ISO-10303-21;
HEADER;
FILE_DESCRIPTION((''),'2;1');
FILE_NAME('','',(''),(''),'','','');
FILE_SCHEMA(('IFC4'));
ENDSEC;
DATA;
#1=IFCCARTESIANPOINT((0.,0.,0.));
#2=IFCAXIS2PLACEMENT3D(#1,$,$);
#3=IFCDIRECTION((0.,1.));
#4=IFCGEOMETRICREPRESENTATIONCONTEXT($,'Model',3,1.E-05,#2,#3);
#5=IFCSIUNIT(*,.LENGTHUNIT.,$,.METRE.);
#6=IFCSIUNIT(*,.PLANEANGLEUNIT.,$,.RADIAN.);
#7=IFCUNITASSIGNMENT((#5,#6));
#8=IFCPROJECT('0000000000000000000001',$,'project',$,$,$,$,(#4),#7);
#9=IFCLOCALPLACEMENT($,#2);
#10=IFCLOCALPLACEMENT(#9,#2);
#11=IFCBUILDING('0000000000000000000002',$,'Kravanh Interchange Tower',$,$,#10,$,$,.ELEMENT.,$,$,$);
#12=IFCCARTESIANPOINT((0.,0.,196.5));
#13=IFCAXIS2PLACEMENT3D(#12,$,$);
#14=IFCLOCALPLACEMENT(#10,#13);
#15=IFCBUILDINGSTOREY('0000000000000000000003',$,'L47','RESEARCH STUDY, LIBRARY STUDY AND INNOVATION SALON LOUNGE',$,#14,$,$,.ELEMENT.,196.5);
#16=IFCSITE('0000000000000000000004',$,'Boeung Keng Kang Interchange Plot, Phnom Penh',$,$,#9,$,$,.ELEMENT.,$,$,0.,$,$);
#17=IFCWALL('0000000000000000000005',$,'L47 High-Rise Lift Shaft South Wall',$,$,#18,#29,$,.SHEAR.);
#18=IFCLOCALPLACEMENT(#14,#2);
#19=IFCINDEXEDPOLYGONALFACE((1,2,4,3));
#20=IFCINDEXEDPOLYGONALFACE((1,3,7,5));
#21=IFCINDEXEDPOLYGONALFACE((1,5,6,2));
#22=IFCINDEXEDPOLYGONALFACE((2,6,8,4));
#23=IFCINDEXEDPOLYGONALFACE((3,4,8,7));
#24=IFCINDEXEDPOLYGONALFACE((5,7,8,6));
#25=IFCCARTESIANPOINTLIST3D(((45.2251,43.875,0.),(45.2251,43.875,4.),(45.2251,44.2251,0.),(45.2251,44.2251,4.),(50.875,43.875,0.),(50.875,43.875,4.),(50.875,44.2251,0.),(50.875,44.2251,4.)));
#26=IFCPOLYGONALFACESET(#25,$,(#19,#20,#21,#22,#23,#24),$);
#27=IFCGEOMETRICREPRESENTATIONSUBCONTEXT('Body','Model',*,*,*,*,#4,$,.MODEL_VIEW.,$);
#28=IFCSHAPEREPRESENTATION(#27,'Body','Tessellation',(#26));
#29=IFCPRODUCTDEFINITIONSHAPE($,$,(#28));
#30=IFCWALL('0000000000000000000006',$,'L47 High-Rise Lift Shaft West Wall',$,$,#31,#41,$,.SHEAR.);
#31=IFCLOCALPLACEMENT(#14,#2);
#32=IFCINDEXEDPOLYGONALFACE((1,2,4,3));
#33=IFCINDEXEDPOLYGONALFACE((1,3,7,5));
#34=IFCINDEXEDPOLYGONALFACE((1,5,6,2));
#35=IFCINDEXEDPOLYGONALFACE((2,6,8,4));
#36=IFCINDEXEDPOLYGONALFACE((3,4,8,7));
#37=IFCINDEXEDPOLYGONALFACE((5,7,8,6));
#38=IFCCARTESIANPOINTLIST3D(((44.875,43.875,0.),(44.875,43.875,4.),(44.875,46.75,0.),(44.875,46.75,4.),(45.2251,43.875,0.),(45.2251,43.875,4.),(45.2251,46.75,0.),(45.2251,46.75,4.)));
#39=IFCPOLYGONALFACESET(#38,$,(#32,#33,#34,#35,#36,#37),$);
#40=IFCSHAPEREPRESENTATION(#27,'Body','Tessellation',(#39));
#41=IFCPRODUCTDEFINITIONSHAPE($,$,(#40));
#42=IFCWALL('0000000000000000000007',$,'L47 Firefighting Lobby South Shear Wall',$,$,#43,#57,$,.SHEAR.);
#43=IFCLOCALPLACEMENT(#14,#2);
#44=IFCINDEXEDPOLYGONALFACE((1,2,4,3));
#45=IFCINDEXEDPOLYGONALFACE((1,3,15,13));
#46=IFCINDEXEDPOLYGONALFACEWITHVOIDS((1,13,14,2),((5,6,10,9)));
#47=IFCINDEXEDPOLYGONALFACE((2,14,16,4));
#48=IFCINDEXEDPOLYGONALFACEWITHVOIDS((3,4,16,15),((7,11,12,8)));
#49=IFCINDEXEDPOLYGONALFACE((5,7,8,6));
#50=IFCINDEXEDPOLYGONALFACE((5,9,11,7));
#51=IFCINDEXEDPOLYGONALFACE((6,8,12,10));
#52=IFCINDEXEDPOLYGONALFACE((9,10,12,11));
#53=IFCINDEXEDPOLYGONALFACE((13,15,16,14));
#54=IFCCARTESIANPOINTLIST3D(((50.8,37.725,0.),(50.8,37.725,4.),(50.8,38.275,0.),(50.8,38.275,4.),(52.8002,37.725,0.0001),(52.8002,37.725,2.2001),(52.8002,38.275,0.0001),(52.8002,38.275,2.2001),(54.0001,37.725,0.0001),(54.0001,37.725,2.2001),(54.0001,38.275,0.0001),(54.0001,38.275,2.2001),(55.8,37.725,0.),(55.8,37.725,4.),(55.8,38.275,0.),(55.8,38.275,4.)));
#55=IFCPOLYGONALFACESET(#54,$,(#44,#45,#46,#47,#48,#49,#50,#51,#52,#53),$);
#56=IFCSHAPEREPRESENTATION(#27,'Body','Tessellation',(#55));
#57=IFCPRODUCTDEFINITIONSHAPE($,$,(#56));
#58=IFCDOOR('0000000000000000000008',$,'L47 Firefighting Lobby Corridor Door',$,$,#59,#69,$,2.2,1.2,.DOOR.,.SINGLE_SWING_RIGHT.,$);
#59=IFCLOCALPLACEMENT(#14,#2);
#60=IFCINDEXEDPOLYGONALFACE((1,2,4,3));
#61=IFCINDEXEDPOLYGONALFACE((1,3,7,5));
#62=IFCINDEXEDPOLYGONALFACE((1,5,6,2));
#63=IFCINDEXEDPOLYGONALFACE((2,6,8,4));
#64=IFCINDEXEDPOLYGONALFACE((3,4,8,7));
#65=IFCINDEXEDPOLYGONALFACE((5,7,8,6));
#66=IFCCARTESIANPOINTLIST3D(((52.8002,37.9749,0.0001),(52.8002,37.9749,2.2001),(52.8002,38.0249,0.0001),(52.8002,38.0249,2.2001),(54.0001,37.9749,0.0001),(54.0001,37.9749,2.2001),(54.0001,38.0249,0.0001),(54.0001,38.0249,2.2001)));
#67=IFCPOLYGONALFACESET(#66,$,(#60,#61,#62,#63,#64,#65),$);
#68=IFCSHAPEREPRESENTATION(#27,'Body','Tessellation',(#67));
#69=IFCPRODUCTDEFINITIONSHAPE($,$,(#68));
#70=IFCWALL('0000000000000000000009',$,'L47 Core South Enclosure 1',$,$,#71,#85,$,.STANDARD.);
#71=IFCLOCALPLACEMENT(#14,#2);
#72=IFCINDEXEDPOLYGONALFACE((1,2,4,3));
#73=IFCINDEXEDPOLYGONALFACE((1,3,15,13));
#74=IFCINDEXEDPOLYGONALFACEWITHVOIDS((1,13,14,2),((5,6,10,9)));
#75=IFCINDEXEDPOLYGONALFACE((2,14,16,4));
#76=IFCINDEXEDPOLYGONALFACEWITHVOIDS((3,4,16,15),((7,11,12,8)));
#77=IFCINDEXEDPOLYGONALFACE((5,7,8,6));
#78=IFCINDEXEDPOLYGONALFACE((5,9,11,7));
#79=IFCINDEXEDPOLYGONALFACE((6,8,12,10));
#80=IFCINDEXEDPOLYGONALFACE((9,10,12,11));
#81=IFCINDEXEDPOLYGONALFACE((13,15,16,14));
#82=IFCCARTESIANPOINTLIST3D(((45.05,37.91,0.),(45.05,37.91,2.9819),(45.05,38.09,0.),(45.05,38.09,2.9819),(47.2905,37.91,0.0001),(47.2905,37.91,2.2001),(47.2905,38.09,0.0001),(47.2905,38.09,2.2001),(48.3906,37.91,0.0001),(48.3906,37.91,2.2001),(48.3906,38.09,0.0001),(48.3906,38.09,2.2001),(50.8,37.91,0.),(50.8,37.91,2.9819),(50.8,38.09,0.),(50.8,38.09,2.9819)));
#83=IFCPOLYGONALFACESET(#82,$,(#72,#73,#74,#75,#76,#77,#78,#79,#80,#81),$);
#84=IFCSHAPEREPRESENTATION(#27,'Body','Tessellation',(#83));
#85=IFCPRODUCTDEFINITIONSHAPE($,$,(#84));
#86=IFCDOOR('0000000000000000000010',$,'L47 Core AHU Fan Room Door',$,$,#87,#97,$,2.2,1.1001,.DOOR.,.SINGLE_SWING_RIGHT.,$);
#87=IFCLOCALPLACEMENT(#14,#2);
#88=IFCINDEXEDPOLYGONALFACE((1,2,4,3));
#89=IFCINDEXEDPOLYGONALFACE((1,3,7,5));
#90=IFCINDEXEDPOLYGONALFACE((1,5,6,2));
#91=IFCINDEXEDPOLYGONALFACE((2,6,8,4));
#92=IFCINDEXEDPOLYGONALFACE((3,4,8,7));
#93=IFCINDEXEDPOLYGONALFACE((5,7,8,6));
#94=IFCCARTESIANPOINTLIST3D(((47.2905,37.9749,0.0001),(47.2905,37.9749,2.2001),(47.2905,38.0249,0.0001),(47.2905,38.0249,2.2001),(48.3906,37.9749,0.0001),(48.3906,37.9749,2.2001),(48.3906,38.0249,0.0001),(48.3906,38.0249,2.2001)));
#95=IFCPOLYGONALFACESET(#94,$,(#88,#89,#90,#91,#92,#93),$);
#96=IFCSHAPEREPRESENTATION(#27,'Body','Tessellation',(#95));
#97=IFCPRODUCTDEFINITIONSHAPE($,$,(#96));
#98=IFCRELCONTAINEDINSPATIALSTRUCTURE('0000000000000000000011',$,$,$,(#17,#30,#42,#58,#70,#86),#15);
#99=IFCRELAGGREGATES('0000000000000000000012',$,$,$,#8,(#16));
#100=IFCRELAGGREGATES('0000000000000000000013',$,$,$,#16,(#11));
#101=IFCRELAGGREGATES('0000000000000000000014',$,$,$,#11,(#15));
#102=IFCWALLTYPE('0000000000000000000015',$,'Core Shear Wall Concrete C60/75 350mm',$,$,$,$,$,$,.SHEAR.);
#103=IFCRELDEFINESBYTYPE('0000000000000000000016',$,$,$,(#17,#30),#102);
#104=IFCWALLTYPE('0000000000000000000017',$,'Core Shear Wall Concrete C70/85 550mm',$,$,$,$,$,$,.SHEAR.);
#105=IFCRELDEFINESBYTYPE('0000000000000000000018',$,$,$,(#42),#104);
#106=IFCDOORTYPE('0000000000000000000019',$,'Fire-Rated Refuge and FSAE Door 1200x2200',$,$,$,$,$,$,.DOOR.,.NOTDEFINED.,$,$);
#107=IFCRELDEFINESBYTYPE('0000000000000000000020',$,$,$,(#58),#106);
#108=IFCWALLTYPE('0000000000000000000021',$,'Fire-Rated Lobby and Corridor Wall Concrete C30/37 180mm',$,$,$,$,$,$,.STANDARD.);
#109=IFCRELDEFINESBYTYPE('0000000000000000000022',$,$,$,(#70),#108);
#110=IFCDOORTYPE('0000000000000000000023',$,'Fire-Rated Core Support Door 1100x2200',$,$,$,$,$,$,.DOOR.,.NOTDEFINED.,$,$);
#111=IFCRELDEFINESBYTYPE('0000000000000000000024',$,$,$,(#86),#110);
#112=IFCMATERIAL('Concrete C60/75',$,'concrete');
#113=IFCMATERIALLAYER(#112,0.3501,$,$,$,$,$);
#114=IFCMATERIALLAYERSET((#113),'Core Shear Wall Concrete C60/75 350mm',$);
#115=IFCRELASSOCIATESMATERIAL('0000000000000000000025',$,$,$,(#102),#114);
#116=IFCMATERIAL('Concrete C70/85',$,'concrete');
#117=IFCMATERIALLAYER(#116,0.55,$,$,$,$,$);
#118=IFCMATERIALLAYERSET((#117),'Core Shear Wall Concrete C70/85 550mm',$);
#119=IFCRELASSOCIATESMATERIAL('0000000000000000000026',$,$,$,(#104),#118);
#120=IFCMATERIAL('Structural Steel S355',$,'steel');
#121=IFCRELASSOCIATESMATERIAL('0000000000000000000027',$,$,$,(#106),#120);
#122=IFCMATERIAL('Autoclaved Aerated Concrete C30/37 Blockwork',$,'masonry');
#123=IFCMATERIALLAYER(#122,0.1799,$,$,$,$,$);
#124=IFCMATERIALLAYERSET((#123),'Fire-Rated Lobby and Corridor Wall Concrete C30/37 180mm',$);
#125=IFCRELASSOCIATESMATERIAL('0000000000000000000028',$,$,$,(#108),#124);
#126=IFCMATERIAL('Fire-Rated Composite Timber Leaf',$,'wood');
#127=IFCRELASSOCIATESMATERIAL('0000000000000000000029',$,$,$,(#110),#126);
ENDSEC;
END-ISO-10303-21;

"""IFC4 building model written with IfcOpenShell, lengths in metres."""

from ifc_helpers import new_model, si_unit, direction, frame, frame_2d, origin, place, context, subcontext, project, spatial, rectangle, extrude, material, layer, layer_set, type_object, element, fill, save


model = new_model("IFC4")

# Units and contexts
model_context = context("Model", 3, precision=1e-05, world=origin(), true_north=direction((0.0, 1.0)))
body_context = subcontext(model_context, "Body", "Model", "MODEL_VIEW")
ifc_project = project(units=[si_unit("LENGTHUNIT", "METRE"), si_unit("PLANEANGLEUNIT", "RADIAN")], contexts=[model_context])

# Site, building, storey
site_placement = place(None, origin())
site = spatial("IfcSite", under=ifc_project, at=site_placement, Name="Boeung Keng Kang Interchange Plot, Phnom Penh", CompositionType="ELEMENT", RefElevation=0.0)
building_placement = place(site_placement, origin())
building = spatial("IfcBuilding", under=site, at=building_placement, Name="Kravanh Interchange Tower", CompositionType="ELEMENT")
storey_placement = place(building_placement, frame((0.0, 0.0, 196.5)))
storey = spatial("IfcBuildingStorey", under=building, at=storey_placement, Name="L47", Description="RESEARCH STUDY, LIBRARY STUDY AND INNOVATION SALON LOUNGE", CompositionType="ELEMENT", Elevation=196.5)

# Shared definitions
ifc_material_1 = material(Name="Concrete C60/75", Category="concrete")
ifc_layer_1 = layer(ifc_material_1, 0.3501)
ifc_layer_set_1 = layer_set([ifc_layer_1], Name="Core Shear Wall Concrete C60/75 350mm")
wall_type_1 = type_object("IfcWallType", Name="Core Shear Wall Concrete C60/75 350mm", PredefinedType="SHEAR", material=ifc_layer_set_1)

# Walls
wall_1_placement = place(storey_placement, frame((45.2251, 44.05, 0.0), z_axis=(0.0, 0.0, 1.0), x_axis=(1.0, 0.0, 0.0)))
element("IfcWall", 1, at=wall_1_placement, inside=storey, type_object=wall_type_1, Name="L47 High-Rise Lift Shaft South Wall", PredefinedType="SHEAR", context=body_context, shape_type="SweptSolid", body=[
    extrude(rectangle(XDim=5.6499, YDim=0.3501, at=frame_2d((2.825, 0.0))), origin(), (0.0, 0.0, 1.0), 4.0),
])
wall_2_placement = place(storey_placement, frame((45.05, 43.875, 0.0), z_axis=(0.0, 0.0, 1.0), x_axis=(0.0, 1.0, 0.0)))
element("IfcWall", 2, at=wall_2_placement, inside=storey, type_object=wall_type_1, Name="L47 High-Rise Lift Shaft West Wall", PredefinedType="SHEAR", context=body_context, shape_type="SweptSolid", body=[
    extrude(rectangle(XDim=2.875, YDim=0.3501, at=frame_2d((1.4375, 0.0))), origin(), (0.0, 0.0, 1.0), 4.0),
])

# Shared definitions
ifc_material_2 = material(Name="Concrete C70/85", Category="concrete")
ifc_layer_2 = layer(ifc_material_2, 0.55)
ifc_layer_set_2 = layer_set([ifc_layer_2], Name="Core Shear Wall Concrete C70/85 550mm")
wall_type_2 = type_object("IfcWallType", Name="Core Shear Wall Concrete C70/85 550mm", PredefinedType="SHEAR", material=ifc_layer_set_2)

# Walls, openings, doors
wall_3_placement = place(storey_placement, frame((50.8, 38.0, 0.0), z_axis=(0.0, 0.0, 1.0), x_axis=(1.0, 0.0, 0.0)))
wall_3 = element("IfcWall", 3, at=wall_3_placement, inside=storey, type_object=wall_type_2, Name="L47 Firefighting Lobby South Shear Wall", PredefinedType="SHEAR", context=body_context, shape_type="SweptSolid", body=[
    extrude(rectangle(XDim=5.0, YDim=0.55, at=frame_2d((2.5, 0.0))), origin(), (0.0, 0.0, 1.0), 4.0),
])
opening_1_placement = place(wall_3_placement, frame((2.0, 0.0, 0.0)))
opening_1 = element("IfcOpeningElement", 4, at=opening_1_placement, cuts=wall_3, PredefinedType="OPENING", context=body_context, shape_type="SweptSolid", body=[
    extrude(rectangle(XDim=1.2, YDim=2.2, at=frame_2d((0.6001, 1.1001))), frame((0.0, 0.2852, 0.0), z_axis=(0.0, -1.0, 0.0), x_axis=(1.0, 0.0, 0.0)), (0.0, 0.0, 1.0), 0.5701),
])
ifc_material_3 = material(Name="Structural Steel S355", Category="steel")
door_type_1 = type_object("IfcDoorType", Name="Fire-Rated Refuge and FSAE Door 1200x2200", OperationType="NOTDEFINED", PredefinedType="DOOR", material=ifc_material_3)
door_1_placement = place(opening_1_placement, origin())
door_1 = element("IfcDoor", 5, at=door_1_placement, inside=storey, type_object=door_type_1, Name="L47 Firefighting Lobby Corridor Door", OperationType="SINGLE_SWING_RIGHT", OverallHeight=2.2, OverallWidth=1.2, PredefinedType="DOOR", context=body_context, shape_type="SweptSolid", body=[
    extrude(rectangle(XDim=1.2, YDim=2.2, at=frame_2d((0.6001, 1.1001))), frame((0.0, 0.0249, 0.0), z_axis=(0.0, -1.0, 0.0), x_axis=(1.0, 0.0, 0.0)), (0.0, 0.0, 1.0), 0.05),
])
fill(opening_1, door_1)
ifc_material_4 = material(Name="Autoclaved Aerated Concrete C30/37 Blockwork", Category="masonry")
ifc_layer_3 = layer(ifc_material_4, 0.1799)
ifc_layer_set_3 = layer_set([ifc_layer_3], Name="Fire-Rated Lobby and Corridor Wall Concrete C30/37 180mm")
wall_type_3 = type_object("IfcWallType", Name="Fire-Rated Lobby and Corridor Wall Concrete C30/37 180mm", PredefinedType="STANDARD", material=ifc_layer_set_3)
wall_4_placement = place(storey_placement, frame((45.05, 38.0, 0.0), z_axis=(0.0, 0.0, 1.0), x_axis=(1.0, 0.0, 0.0)))
wall_4 = element("IfcWall", 6, at=wall_4_placement, inside=storey, type_object=wall_type_3, Name="L47 Core South Enclosure 1", PredefinedType="STANDARD", context=body_context, shape_type="SweptSolid", body=[
    extrude(rectangle(XDim=5.75, YDim=0.1799, at=frame_2d((2.875, 0.0))), origin(), (0.0, 0.0, 1.0), 2.9819),
])
opening_2_placement = place(wall_4_placement, frame((2.2405, 0.0, 0.0)))
opening_2 = element("IfcOpeningElement", 7, at=opening_2_placement, cuts=wall_4, PredefinedType="OPENING", context=body_context, shape_type="SweptSolid", body=[
    extrude(rectangle(XDim=1.1001, YDim=2.2, at=frame_2d((0.55, 1.1001))), frame((0.0, 0.1001, 0.0), z_axis=(0.0, -1.0, 0.0), x_axis=(1.0, 0.0, 0.0)), (0.0, 0.0, 1.0), 0.2),
])
ifc_material_5 = material(Name="Fire-Rated Composite Timber Leaf", Category="wood")
door_type_2 = type_object("IfcDoorType", Name="Fire-Rated Core Support Door 1100x2200", OperationType="NOTDEFINED", PredefinedType="DOOR", material=ifc_material_5)
door_2_placement = place(opening_2_placement, origin())
door_2 = element("IfcDoor", 8, at=door_2_placement, inside=storey, type_object=door_type_2, Name="L47 Core AHU Fan Room Door", OperationType="SINGLE_SWING_RIGHT", OverallHeight=2.2, OverallWidth=1.1001, PredefinedType="DOOR", context=body_context, shape_type="SweptSolid", body=[
    extrude(rectangle(XDim=1.1001, YDim=2.2, at=frame_2d((0.55, 1.1001))), frame((0.0, 0.0249, 0.0), z_axis=(0.0, -1.0, 0.0), x_axis=(1.0, 0.0, 0.0)), (0.0, 0.0, 1.0), 0.05),
])
fill(opening_2, door_2)

save(model, "model.ifc")
